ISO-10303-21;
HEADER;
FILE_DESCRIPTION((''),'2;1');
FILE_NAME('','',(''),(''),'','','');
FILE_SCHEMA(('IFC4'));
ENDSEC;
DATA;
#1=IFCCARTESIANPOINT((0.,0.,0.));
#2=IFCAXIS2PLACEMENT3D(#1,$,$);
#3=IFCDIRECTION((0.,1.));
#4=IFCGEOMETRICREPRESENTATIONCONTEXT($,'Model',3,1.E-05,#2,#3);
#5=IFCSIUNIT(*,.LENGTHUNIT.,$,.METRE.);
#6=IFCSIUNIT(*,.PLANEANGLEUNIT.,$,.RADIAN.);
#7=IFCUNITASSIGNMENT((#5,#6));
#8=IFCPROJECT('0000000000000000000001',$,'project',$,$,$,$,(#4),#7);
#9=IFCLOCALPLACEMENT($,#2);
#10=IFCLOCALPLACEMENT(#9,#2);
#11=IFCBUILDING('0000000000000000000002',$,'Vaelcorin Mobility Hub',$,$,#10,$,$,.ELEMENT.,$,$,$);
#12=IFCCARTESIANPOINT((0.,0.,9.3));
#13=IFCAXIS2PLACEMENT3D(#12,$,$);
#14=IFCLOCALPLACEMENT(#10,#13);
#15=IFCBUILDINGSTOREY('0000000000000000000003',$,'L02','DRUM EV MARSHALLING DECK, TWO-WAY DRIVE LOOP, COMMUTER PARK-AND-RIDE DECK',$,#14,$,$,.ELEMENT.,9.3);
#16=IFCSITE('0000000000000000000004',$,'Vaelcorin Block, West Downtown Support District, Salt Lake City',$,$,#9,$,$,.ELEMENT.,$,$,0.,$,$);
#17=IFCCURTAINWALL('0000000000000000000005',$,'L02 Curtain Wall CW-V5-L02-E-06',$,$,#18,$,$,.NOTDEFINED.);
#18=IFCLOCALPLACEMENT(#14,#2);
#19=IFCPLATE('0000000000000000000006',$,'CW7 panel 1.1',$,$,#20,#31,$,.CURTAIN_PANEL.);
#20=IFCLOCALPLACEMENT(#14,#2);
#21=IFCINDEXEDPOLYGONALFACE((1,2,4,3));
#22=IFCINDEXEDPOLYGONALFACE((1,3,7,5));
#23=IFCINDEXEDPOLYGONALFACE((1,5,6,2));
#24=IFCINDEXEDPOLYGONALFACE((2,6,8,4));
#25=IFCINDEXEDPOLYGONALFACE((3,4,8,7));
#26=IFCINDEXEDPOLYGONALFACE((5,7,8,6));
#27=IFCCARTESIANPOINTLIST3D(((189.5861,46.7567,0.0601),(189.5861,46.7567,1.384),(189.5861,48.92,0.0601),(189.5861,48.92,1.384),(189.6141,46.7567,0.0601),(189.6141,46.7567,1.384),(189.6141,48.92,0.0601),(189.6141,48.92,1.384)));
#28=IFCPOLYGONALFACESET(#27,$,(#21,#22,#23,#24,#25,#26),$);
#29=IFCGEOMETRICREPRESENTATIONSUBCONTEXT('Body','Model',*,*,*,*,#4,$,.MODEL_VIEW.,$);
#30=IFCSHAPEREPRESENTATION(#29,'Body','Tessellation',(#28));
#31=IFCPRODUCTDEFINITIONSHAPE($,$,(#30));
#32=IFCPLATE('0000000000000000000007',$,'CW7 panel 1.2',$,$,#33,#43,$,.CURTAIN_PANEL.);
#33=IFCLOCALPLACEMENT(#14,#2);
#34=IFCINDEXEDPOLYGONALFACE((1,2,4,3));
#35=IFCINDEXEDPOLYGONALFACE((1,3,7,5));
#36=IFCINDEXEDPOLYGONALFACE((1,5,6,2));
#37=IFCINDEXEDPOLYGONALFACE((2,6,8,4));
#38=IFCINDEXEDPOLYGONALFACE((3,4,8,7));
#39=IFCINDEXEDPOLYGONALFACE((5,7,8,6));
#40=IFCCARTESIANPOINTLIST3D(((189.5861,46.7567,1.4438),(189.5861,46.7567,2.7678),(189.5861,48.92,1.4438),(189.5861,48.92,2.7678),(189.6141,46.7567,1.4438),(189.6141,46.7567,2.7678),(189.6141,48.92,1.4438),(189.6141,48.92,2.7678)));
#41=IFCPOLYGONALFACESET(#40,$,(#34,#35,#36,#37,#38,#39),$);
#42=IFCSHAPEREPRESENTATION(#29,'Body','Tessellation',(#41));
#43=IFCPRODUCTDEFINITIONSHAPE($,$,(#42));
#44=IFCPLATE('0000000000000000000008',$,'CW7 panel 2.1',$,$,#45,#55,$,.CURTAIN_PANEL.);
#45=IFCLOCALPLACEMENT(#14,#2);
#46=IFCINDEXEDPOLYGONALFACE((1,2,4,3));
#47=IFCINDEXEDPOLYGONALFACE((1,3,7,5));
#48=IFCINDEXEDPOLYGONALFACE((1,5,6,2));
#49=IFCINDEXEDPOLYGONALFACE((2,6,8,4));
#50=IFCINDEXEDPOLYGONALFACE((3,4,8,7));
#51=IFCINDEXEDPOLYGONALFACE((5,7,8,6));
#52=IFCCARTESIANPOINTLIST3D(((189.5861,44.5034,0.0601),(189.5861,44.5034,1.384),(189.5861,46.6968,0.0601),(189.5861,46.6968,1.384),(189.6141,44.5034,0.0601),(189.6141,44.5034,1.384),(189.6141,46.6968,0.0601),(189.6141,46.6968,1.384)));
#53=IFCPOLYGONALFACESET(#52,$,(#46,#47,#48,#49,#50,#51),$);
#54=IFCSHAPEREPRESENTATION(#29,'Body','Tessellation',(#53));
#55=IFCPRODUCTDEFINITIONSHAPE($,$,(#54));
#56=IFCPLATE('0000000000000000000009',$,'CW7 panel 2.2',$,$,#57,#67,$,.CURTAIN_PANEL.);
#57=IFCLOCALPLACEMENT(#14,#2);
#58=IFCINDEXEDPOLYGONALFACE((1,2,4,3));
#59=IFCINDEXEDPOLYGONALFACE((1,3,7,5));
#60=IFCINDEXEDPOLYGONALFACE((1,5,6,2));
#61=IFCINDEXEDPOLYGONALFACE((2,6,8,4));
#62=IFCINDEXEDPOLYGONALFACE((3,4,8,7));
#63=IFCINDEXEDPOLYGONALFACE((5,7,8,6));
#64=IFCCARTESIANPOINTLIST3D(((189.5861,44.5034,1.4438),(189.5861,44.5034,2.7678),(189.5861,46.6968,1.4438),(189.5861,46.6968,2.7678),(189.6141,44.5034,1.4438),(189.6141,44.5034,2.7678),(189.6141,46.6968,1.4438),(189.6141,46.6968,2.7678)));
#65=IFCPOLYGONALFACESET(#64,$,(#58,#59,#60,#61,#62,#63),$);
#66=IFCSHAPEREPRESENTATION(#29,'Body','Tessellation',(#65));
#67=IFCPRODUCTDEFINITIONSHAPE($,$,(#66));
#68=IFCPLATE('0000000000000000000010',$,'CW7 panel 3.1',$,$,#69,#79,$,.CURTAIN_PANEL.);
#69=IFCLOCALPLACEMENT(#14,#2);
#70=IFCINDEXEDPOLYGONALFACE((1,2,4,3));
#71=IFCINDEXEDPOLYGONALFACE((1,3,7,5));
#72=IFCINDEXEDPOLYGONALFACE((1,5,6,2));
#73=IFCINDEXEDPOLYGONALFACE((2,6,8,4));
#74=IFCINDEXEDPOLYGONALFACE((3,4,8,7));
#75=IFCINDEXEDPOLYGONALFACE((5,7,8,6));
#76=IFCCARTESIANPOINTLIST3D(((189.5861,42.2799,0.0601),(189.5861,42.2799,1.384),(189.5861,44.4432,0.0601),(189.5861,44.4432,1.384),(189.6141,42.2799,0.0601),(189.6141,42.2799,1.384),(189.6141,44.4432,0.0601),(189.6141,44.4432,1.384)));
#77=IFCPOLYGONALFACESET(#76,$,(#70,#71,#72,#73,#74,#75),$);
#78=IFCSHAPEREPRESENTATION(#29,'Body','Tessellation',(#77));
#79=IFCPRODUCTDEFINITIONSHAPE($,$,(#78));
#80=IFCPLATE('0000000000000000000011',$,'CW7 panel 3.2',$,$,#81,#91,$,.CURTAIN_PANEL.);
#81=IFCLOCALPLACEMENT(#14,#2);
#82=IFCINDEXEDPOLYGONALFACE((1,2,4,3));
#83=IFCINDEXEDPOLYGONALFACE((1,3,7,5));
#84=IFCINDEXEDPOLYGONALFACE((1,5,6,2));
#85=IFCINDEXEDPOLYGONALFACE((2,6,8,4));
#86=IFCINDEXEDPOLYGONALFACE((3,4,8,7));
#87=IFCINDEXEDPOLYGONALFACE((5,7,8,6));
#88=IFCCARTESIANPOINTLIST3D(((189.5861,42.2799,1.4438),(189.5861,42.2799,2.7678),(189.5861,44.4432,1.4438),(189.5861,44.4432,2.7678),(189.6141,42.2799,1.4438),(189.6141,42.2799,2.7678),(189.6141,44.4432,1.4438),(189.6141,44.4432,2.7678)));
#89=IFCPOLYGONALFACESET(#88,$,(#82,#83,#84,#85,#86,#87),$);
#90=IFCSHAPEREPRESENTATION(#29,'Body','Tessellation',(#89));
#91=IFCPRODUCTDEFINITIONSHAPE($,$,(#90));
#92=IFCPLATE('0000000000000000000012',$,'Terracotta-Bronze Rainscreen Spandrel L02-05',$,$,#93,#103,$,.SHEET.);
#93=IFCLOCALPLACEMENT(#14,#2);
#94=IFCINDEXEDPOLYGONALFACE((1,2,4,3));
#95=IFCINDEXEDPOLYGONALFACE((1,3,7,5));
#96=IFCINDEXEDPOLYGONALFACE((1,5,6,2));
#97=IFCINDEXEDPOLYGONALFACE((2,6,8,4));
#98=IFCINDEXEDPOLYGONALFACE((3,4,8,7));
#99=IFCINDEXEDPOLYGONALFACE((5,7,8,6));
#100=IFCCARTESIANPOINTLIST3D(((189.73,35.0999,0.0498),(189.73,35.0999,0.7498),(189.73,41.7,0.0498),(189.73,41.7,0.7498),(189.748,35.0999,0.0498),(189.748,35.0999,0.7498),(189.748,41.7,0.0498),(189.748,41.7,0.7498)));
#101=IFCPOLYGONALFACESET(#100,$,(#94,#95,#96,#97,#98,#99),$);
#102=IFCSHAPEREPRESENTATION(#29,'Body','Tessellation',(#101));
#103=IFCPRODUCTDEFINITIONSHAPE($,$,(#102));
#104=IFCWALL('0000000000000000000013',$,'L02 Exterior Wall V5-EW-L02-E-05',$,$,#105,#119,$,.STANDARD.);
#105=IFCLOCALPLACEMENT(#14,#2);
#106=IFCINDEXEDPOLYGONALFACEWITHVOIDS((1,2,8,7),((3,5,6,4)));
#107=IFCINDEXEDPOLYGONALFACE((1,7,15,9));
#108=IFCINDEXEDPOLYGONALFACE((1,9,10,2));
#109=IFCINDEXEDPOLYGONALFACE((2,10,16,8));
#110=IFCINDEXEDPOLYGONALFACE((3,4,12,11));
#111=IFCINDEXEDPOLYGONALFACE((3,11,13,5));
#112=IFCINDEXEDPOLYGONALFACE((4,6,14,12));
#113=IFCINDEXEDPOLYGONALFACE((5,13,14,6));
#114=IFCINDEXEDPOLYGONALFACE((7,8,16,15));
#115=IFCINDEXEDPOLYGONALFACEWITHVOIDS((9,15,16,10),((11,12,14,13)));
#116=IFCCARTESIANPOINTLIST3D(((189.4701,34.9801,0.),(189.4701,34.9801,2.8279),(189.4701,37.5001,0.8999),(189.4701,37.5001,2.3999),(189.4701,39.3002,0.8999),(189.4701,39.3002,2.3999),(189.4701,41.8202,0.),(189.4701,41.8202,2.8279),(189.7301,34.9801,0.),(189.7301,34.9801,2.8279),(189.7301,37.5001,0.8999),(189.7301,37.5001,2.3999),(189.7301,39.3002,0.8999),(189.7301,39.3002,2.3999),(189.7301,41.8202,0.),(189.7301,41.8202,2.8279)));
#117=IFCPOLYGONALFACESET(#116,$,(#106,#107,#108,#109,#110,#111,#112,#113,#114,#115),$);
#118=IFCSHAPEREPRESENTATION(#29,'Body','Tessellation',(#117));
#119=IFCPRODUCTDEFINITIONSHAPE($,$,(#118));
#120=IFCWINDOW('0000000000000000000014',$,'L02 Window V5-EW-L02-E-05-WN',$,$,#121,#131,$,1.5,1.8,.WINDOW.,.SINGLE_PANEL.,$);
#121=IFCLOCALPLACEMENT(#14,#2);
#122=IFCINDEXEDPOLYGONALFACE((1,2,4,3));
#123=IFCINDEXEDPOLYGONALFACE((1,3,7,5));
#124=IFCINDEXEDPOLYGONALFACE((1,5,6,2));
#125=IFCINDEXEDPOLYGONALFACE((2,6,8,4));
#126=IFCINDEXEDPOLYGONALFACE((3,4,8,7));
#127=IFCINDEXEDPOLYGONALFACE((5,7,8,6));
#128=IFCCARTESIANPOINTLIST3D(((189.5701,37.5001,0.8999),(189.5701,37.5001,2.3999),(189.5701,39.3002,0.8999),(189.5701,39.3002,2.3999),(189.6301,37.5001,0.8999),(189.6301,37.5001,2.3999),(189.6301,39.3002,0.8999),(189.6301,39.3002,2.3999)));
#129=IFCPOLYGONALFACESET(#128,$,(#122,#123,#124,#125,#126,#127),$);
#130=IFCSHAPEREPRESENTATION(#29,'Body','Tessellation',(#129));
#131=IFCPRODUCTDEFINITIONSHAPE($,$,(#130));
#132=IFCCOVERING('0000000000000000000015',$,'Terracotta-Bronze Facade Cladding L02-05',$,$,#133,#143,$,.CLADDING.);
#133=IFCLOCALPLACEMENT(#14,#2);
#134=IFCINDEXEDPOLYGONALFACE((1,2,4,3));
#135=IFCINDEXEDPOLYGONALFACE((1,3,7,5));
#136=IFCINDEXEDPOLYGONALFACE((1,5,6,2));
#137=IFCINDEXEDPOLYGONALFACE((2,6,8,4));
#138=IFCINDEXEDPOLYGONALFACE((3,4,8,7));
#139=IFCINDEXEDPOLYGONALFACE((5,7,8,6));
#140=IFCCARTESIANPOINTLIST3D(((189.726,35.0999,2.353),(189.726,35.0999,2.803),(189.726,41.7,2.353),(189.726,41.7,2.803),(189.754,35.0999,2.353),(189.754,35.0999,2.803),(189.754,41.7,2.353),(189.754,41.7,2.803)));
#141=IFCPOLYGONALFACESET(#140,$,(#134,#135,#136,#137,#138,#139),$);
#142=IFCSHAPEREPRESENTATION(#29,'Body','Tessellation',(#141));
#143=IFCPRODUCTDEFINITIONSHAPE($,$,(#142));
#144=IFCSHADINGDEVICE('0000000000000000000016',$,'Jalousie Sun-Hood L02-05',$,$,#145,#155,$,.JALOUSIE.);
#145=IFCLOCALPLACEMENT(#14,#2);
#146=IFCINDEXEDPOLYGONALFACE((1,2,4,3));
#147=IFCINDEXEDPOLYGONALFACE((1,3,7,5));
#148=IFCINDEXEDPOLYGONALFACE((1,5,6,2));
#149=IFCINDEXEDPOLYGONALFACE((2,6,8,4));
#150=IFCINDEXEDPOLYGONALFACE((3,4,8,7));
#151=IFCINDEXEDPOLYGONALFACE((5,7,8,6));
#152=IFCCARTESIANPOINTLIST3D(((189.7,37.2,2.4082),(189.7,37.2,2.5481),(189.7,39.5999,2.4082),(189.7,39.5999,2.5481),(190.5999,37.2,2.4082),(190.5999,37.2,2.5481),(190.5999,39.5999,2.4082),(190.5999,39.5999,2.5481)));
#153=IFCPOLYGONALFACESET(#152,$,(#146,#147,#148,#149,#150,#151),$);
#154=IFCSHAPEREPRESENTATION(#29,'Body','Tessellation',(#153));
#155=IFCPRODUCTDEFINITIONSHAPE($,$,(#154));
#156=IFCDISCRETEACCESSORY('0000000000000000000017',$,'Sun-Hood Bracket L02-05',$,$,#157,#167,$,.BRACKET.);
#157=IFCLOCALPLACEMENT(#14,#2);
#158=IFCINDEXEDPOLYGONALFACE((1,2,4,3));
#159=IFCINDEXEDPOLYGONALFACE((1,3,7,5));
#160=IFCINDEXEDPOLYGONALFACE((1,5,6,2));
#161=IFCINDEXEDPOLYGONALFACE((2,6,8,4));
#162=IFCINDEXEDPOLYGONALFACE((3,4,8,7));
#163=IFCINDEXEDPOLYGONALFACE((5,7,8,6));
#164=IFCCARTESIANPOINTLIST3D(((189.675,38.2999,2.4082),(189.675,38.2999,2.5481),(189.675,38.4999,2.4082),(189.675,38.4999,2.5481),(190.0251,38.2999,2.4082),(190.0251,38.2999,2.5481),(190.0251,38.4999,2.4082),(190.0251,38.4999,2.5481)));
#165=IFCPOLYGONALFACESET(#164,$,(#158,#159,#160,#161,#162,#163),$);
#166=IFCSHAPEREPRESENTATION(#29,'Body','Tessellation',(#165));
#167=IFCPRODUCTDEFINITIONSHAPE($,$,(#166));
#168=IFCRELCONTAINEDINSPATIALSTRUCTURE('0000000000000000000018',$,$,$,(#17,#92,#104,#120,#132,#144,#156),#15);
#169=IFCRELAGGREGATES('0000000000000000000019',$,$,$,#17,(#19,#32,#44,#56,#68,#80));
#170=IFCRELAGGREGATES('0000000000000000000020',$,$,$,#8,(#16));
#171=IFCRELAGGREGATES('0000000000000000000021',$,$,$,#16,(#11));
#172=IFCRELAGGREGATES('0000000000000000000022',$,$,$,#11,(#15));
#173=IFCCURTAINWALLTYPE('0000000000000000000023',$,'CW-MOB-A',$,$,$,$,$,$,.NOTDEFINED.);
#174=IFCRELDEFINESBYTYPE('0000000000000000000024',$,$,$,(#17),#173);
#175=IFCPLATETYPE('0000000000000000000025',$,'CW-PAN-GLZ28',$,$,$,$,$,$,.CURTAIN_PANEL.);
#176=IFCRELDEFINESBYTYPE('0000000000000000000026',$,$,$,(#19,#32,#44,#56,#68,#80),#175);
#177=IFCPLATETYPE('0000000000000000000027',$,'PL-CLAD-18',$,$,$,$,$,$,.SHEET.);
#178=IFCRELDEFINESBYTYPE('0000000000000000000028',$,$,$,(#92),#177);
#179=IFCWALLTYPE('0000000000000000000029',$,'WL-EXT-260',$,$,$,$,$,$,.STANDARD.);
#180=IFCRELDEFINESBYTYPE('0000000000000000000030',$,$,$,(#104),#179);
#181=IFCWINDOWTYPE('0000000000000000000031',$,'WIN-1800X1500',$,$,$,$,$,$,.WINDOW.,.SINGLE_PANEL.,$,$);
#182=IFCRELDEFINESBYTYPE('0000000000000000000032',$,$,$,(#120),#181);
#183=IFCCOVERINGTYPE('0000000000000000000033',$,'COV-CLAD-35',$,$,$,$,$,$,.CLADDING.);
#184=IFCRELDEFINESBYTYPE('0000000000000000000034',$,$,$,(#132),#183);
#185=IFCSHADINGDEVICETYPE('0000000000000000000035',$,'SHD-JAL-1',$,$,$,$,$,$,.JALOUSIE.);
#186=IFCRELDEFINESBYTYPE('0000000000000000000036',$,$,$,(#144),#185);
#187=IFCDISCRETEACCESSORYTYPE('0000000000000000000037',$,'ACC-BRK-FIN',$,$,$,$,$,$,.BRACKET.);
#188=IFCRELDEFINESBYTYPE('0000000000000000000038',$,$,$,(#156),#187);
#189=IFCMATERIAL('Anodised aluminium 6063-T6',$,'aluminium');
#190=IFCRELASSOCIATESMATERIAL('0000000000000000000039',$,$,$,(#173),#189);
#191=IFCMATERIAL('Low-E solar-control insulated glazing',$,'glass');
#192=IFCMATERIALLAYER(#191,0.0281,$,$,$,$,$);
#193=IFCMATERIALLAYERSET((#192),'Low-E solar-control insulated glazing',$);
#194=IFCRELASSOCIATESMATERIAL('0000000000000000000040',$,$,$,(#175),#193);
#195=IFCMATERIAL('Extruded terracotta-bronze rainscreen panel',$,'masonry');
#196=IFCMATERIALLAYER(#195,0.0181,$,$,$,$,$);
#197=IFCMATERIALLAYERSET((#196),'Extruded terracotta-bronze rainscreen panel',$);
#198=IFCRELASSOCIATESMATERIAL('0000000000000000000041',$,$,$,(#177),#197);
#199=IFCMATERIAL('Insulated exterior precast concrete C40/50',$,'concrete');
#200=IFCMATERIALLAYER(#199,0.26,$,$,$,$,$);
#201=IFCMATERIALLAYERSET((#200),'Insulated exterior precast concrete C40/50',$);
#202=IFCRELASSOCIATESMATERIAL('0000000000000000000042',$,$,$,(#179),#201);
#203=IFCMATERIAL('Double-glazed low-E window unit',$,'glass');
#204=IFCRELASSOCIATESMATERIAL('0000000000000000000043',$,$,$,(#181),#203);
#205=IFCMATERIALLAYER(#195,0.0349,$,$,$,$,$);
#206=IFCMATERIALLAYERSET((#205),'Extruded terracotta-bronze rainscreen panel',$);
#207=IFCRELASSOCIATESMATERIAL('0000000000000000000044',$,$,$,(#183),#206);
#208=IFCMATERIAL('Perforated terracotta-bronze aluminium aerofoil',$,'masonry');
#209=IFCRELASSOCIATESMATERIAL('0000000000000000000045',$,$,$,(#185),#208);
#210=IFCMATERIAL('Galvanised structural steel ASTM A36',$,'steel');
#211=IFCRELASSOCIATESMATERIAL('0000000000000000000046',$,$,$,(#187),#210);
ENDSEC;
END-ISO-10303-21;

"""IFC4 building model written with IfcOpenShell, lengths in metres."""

from ifc_helpers import new_model, si_unit, direction, frame, frame_2d, origin, origin_2d, place, context, subcontext, project, spatial, rectangle, extrude, material, layer, layer_set, type_object, element, fill, aggregate, save


model = new_model("IFC4")

# Units and contexts
model_context = context("Model", 3, precision=1e-05, world=origin(), true_north=direction((0.0, 1.0)))
body_context = subcontext(model_context, "Body", "Model", "MODEL_VIEW")
ifc_project = project(units=[si_unit("LENGTHUNIT", "METRE"), si_unit("PLANEANGLEUNIT", "RADIAN")], contexts=[model_context])

# Site, building, storey
site_placement = place(None, origin())
site = spatial("IfcSite", under=ifc_project, at=site_placement, Name="Vaelcorin Block, West Downtown Support District, Salt Lake City", CompositionType="ELEMENT", RefElevation=0.0)
building_placement = place(site_placement, origin())
building = spatial("IfcBuilding", under=site, at=building_placement, Name="Vaelcorin Mobility Hub", CompositionType="ELEMENT")
storey_placement = place(building_placement, frame((0.0, 0.0, 9.3)))
storey = spatial("IfcBuildingStorey", under=building, at=storey_placement, Name="L02", Description="DRUM EV MARSHALLING DECK, TWO-WAY DRIVE LOOP, COMMUTER PARK-AND-RIDE DECK", CompositionType="ELEMENT", Elevation=9.3)

# Shared definitions
ifc_material_1 = material(Name="Anodised aluminium 6063-T6", Category="aluminium")
curtain_wall_type = type_object("IfcCurtainWallType", Name="CW-MOB-A", PredefinedType="NOTDEFINED", material=ifc_material_1)

# Curtain wall
curtain_wall_1_placement = place(storey_placement, origin())
curtain_wall_1 = element("IfcCurtainWall", 1, at=curtain_wall_1_placement, inside=storey, type_object=curtain_wall_type, Name="L02 Curtain Wall CW-V5-L02-E-06", PredefinedType="NOTDEFINED")

# Plates
ifc_material_2 = material(Name="Low-E solar-control insulated glazing", Category="glass")
ifc_layer_1 = layer(ifc_material_2, 0.0281)
ifc_layer_set_1 = layer_set([ifc_layer_1], Name="Low-E solar-control insulated glazing")
plate_type_1 = type_object("IfcPlateType", Name="CW-PAN-GLZ28", PredefinedType="CURTAIN_PANEL", material=ifc_layer_set_1)
plate_1_placement = place(storey_placement, frame((189.6001, 47.8384, 0.0601), z_axis=(0.0, 0.0, 1.0), x_axis=(0.0, -1.0, 0.0)))
plate_1 = element("IfcPlate", 2, at=plate_1_placement, type_object=plate_type_1, Name="CW7 panel 1.1", PredefinedType="CURTAIN_PANEL", context=body_context, shape_type="SweptSolid", body=[
    extrude(rectangle(XDim=2.1633, YDim=0.0281, at=origin_2d()), origin(), (0.0, 0.0, 1.0), 1.324),
])
plate_2_placement = place(storey_placement, frame((189.6001, 47.8384, 1.4438), z_axis=(0.0, 0.0, 1.0), x_axis=(0.0, -1.0, 0.0)))
plate_2 = element("IfcPlate", 3, at=plate_2_placement, type_object=plate_type_1, Name="CW7 panel 1.2", PredefinedType="CURTAIN_PANEL", context=body_context, shape_type="SweptSolid", body=[
    extrude(rectangle(XDim=2.1633, YDim=0.0281, at=origin_2d()), origin(), (0.0, 0.0, 1.0), 1.324),
])
plate_3_placement = place(storey_placement, frame((189.6001, 45.6001, 0.0601), z_axis=(0.0, 0.0, 1.0), x_axis=(0.0, -1.0, 0.0)))
plate_3 = element("IfcPlate", 4, at=plate_3_placement, type_object=plate_type_1, Name="CW7 panel 2.1", PredefinedType="CURTAIN_PANEL", context=body_context, shape_type="SweptSolid", body=[
    extrude(rectangle(XDim=2.1934, YDim=0.0281, at=origin_2d()), origin(), (0.0, 0.0, 1.0), 1.324),
])
plate_4_placement = place(storey_placement, frame((189.6001, 45.6001, 1.4438), z_axis=(0.0, 0.0, 1.0), x_axis=(0.0, -1.0, 0.0)))
plate_4 = element("IfcPlate", 5, at=plate_4_placement, type_object=plate_type_1, Name="CW7 panel 2.2", PredefinedType="CURTAIN_PANEL", context=body_context, shape_type="SweptSolid", body=[
    extrude(rectangle(XDim=2.1934, YDim=0.0281, at=origin_2d()), origin(), (0.0, 0.0, 1.0), 1.324),
])
plate_5_placement = place(storey_placement, frame((189.6001, 43.3616, 0.0601), z_axis=(0.0, 0.0, 1.0), x_axis=(0.0, -1.0, 0.0)))
plate_5 = element("IfcPlate", 6, at=plate_5_placement, type_object=plate_type_1, Name="CW7 panel 3.1", PredefinedType="CURTAIN_PANEL", context=body_context, shape_type="SweptSolid", body=[
    extrude(rectangle(XDim=2.1633, YDim=0.0281, at=origin_2d()), origin(), (0.0, 0.0, 1.0), 1.324),
])
plate_6_placement = place(storey_placement, frame((189.6001, 43.3616, 1.4438), z_axis=(0.0, 0.0, 1.0), x_axis=(0.0, -1.0, 0.0)))
plate_6 = element("IfcPlate", 7, at=plate_6_placement, type_object=plate_type_1, Name="CW7 panel 3.2", PredefinedType="CURTAIN_PANEL", context=body_context, shape_type="SweptSolid", body=[
    extrude(rectangle(XDim=2.1633, YDim=0.0281, at=origin_2d()), origin(), (0.0, 0.0, 1.0), 1.324),
])
aggregate(curtain_wall_1, [plate_1, plate_2, plate_3, plate_4, plate_5, plate_6])
ifc_material_3 = material(Name="Extruded terracotta-bronze rainscreen panel", Category="masonry")
ifc_layer_2 = layer(ifc_material_3, 0.0181)
ifc_layer_set_2 = layer_set([ifc_layer_2], Name="Extruded terracotta-bronze rainscreen panel")
plate_type_2 = type_object("IfcPlateType", Name="PL-CLAD-18", PredefinedType="SHEET", material=ifc_layer_set_2)
plate_7_placement = place(storey_placement, frame((189.739, 38.3999, 0.0498), z_axis=(0.0, 0.0, 1.0), x_axis=(1.0, 0.0, 0.0)))
element("IfcPlate", 8, at=plate_7_placement, inside=storey, type_object=plate_type_2, Name="Terracotta-Bronze Rainscreen Spandrel L02-05", PredefinedType="SHEET", context=body_context, shape_type="SweptSolid", body=[
    extrude(rectangle(XDim=0.0181, YDim=6.6001, at=origin_2d()), origin(), (0.0, 0.0, 1.0), 0.7),
])

# Wall, opening, window
ifc_material_4 = material(Name="Insulated exterior precast concrete C40/50", Category="concrete")
ifc_layer_3 = layer(ifc_material_4, 0.26)
ifc_layer_set_3 = layer_set([ifc_layer_3], Name="Insulated exterior precast concrete C40/50")
wall_type = type_object("IfcWallType", Name="WL-EXT-260", PredefinedType="STANDARD", material=ifc_layer_set_3)
wall_placement = place(storey_placement, frame((189.6001, 41.8201, 0.0), z_axis=(0.0, 0.0, 1.0), x_axis=(0.0, -1.0, 0.0)))
wall = element("IfcWall", 9, at=wall_placement, inside=storey, type_object=wall_type, Name="L02 Exterior Wall V5-EW-L02-E-05", PredefinedType="STANDARD", context=body_context, shape_type="SweptSolid", body=[
    extrude(rectangle(XDim=6.8401, YDim=0.26, at=frame_2d((3.4199, 0.0))), origin(), (0.0, 0.0, 1.0), 2.8279),
])
opening_placement = place(wall_placement, frame((2.52, 0.0, 0.8999)))
opening = element("IfcOpeningElement", 10, at=opening_placement, cuts=wall, PredefinedType="OPENING", context=body_context, shape_type="SweptSolid", body=[
    extrude(rectangle(XDim=1.8, YDim=1.5, at=frame_2d((0.8999, 0.75))), frame((0.0, 0.1399, 0.0), z_axis=(0.0, -1.0, 0.0), x_axis=(1.0, 0.0, 0.0)), (0.0, 0.0, 1.0), 0.28),
])
ifc_material_5 = material(Name="Double-glazed low-E window unit", Category="glass")
window_type = type_object("IfcWindowType", Name="WIN-1800X1500", PartitioningType="SINGLE_PANEL", PredefinedType="WINDOW", material=ifc_material_5)
window_placement = place(opening_placement, origin())
window = element("IfcWindow", 11, at=window_placement, inside=storey, type_object=window_type, Name="L02 Window V5-EW-L02-E-05-WN", OverallHeight=1.5, OverallWidth=1.8, PartitioningType="SINGLE_PANEL", PredefinedType="WINDOW", context=body_context, shape_type="SweptSolid", body=[
    extrude(rectangle(XDim=1.8, YDim=1.5, at=frame_2d((0.8999, 0.75))), frame((0.0, 0.03, 0.0), z_axis=(0.0, -1.0, 0.0), x_axis=(1.0, 0.0, 0.0)), (0.0, 0.0, 1.0), 0.0601),
])
fill(opening, window)

# Covering
ifc_layer_4 = layer(ifc_material_3, 0.0349)
ifc_layer_set_4 = layer_set([ifc_layer_4], Name="Extruded terracotta-bronze rainscreen panel")
covering_type = type_object("IfcCoveringType", Name="COV-CLAD-35", PredefinedType="CLADDING", material=ifc_layer_set_4)
covering_placement = place(storey_placement, frame((189.74, 38.3999, 2.353), z_axis=(0.0, 0.0, 1.0), x_axis=(1.0, 0.0, 0.0)))
element("IfcCovering", 12, at=covering_placement, inside=storey, type_object=covering_type, Name="Terracotta-Bronze Facade Cladding L02-05", PredefinedType="CLADDING", context=body_context, shape_type="SweptSolid", body=[
    extrude(rectangle(XDim=0.0281, YDim=6.6001, at=origin_2d()), origin(), (0.0, 0.0, 1.0), 0.45),
])

# Shading device
ifc_material_6 = material(Name="Perforated terracotta-bronze aluminium aerofoil", Category="masonry")
shading_device_type = type_object("IfcShadingDeviceType", Name="SHD-JAL-1", PredefinedType="JALOUSIE", material=ifc_material_6)
shading_device_placement = place(storey_placement, frame((190.1499, 38.3999, 2.4082), z_axis=(0.0, 0.0, 1.0), x_axis=(1.0, 0.0, 0.0)))
element("IfcShadingDevice", 13, at=shading_device_placement, inside=storey, type_object=shading_device_type, Name="Jalousie Sun-Hood L02-05", PredefinedType="JALOUSIE", context=body_context, shape_type="SweptSolid", body=[
    extrude(rectangle(XDim=0.8999, YDim=2.3999, at=origin_2d()), origin(), (0.0, 0.0, 1.0), 0.1399),
])

# Discrete accessory
ifc_material_7 = material(Name="Galvanised structural steel ASTM A36", Category="steel")
discrete_accessory_type = type_object("IfcDiscreteAccessoryType", Name="ACC-BRK-FIN", PredefinedType="BRACKET", material=ifc_material_7)
discrete_accessory_placement = place(storey_placement, frame((189.8501, 38.3999, 2.4082), z_axis=(0.0, 0.0, 1.0), x_axis=(1.0, 0.0, 0.0)))
element("IfcDiscreteAccessory", 14, at=discrete_accessory_placement, inside=storey, type_object=discrete_accessory_type, Name="Sun-Hood Bracket L02-05", PredefinedType="BRACKET", context=body_context, shape_type="SweptSolid", body=[
    extrude(rectangle(XDim=0.3501, YDim=0.2, at=origin_2d()), origin(), (0.0, 0.0, 1.0), 0.1399),
])

save(model, "model.ifc")
